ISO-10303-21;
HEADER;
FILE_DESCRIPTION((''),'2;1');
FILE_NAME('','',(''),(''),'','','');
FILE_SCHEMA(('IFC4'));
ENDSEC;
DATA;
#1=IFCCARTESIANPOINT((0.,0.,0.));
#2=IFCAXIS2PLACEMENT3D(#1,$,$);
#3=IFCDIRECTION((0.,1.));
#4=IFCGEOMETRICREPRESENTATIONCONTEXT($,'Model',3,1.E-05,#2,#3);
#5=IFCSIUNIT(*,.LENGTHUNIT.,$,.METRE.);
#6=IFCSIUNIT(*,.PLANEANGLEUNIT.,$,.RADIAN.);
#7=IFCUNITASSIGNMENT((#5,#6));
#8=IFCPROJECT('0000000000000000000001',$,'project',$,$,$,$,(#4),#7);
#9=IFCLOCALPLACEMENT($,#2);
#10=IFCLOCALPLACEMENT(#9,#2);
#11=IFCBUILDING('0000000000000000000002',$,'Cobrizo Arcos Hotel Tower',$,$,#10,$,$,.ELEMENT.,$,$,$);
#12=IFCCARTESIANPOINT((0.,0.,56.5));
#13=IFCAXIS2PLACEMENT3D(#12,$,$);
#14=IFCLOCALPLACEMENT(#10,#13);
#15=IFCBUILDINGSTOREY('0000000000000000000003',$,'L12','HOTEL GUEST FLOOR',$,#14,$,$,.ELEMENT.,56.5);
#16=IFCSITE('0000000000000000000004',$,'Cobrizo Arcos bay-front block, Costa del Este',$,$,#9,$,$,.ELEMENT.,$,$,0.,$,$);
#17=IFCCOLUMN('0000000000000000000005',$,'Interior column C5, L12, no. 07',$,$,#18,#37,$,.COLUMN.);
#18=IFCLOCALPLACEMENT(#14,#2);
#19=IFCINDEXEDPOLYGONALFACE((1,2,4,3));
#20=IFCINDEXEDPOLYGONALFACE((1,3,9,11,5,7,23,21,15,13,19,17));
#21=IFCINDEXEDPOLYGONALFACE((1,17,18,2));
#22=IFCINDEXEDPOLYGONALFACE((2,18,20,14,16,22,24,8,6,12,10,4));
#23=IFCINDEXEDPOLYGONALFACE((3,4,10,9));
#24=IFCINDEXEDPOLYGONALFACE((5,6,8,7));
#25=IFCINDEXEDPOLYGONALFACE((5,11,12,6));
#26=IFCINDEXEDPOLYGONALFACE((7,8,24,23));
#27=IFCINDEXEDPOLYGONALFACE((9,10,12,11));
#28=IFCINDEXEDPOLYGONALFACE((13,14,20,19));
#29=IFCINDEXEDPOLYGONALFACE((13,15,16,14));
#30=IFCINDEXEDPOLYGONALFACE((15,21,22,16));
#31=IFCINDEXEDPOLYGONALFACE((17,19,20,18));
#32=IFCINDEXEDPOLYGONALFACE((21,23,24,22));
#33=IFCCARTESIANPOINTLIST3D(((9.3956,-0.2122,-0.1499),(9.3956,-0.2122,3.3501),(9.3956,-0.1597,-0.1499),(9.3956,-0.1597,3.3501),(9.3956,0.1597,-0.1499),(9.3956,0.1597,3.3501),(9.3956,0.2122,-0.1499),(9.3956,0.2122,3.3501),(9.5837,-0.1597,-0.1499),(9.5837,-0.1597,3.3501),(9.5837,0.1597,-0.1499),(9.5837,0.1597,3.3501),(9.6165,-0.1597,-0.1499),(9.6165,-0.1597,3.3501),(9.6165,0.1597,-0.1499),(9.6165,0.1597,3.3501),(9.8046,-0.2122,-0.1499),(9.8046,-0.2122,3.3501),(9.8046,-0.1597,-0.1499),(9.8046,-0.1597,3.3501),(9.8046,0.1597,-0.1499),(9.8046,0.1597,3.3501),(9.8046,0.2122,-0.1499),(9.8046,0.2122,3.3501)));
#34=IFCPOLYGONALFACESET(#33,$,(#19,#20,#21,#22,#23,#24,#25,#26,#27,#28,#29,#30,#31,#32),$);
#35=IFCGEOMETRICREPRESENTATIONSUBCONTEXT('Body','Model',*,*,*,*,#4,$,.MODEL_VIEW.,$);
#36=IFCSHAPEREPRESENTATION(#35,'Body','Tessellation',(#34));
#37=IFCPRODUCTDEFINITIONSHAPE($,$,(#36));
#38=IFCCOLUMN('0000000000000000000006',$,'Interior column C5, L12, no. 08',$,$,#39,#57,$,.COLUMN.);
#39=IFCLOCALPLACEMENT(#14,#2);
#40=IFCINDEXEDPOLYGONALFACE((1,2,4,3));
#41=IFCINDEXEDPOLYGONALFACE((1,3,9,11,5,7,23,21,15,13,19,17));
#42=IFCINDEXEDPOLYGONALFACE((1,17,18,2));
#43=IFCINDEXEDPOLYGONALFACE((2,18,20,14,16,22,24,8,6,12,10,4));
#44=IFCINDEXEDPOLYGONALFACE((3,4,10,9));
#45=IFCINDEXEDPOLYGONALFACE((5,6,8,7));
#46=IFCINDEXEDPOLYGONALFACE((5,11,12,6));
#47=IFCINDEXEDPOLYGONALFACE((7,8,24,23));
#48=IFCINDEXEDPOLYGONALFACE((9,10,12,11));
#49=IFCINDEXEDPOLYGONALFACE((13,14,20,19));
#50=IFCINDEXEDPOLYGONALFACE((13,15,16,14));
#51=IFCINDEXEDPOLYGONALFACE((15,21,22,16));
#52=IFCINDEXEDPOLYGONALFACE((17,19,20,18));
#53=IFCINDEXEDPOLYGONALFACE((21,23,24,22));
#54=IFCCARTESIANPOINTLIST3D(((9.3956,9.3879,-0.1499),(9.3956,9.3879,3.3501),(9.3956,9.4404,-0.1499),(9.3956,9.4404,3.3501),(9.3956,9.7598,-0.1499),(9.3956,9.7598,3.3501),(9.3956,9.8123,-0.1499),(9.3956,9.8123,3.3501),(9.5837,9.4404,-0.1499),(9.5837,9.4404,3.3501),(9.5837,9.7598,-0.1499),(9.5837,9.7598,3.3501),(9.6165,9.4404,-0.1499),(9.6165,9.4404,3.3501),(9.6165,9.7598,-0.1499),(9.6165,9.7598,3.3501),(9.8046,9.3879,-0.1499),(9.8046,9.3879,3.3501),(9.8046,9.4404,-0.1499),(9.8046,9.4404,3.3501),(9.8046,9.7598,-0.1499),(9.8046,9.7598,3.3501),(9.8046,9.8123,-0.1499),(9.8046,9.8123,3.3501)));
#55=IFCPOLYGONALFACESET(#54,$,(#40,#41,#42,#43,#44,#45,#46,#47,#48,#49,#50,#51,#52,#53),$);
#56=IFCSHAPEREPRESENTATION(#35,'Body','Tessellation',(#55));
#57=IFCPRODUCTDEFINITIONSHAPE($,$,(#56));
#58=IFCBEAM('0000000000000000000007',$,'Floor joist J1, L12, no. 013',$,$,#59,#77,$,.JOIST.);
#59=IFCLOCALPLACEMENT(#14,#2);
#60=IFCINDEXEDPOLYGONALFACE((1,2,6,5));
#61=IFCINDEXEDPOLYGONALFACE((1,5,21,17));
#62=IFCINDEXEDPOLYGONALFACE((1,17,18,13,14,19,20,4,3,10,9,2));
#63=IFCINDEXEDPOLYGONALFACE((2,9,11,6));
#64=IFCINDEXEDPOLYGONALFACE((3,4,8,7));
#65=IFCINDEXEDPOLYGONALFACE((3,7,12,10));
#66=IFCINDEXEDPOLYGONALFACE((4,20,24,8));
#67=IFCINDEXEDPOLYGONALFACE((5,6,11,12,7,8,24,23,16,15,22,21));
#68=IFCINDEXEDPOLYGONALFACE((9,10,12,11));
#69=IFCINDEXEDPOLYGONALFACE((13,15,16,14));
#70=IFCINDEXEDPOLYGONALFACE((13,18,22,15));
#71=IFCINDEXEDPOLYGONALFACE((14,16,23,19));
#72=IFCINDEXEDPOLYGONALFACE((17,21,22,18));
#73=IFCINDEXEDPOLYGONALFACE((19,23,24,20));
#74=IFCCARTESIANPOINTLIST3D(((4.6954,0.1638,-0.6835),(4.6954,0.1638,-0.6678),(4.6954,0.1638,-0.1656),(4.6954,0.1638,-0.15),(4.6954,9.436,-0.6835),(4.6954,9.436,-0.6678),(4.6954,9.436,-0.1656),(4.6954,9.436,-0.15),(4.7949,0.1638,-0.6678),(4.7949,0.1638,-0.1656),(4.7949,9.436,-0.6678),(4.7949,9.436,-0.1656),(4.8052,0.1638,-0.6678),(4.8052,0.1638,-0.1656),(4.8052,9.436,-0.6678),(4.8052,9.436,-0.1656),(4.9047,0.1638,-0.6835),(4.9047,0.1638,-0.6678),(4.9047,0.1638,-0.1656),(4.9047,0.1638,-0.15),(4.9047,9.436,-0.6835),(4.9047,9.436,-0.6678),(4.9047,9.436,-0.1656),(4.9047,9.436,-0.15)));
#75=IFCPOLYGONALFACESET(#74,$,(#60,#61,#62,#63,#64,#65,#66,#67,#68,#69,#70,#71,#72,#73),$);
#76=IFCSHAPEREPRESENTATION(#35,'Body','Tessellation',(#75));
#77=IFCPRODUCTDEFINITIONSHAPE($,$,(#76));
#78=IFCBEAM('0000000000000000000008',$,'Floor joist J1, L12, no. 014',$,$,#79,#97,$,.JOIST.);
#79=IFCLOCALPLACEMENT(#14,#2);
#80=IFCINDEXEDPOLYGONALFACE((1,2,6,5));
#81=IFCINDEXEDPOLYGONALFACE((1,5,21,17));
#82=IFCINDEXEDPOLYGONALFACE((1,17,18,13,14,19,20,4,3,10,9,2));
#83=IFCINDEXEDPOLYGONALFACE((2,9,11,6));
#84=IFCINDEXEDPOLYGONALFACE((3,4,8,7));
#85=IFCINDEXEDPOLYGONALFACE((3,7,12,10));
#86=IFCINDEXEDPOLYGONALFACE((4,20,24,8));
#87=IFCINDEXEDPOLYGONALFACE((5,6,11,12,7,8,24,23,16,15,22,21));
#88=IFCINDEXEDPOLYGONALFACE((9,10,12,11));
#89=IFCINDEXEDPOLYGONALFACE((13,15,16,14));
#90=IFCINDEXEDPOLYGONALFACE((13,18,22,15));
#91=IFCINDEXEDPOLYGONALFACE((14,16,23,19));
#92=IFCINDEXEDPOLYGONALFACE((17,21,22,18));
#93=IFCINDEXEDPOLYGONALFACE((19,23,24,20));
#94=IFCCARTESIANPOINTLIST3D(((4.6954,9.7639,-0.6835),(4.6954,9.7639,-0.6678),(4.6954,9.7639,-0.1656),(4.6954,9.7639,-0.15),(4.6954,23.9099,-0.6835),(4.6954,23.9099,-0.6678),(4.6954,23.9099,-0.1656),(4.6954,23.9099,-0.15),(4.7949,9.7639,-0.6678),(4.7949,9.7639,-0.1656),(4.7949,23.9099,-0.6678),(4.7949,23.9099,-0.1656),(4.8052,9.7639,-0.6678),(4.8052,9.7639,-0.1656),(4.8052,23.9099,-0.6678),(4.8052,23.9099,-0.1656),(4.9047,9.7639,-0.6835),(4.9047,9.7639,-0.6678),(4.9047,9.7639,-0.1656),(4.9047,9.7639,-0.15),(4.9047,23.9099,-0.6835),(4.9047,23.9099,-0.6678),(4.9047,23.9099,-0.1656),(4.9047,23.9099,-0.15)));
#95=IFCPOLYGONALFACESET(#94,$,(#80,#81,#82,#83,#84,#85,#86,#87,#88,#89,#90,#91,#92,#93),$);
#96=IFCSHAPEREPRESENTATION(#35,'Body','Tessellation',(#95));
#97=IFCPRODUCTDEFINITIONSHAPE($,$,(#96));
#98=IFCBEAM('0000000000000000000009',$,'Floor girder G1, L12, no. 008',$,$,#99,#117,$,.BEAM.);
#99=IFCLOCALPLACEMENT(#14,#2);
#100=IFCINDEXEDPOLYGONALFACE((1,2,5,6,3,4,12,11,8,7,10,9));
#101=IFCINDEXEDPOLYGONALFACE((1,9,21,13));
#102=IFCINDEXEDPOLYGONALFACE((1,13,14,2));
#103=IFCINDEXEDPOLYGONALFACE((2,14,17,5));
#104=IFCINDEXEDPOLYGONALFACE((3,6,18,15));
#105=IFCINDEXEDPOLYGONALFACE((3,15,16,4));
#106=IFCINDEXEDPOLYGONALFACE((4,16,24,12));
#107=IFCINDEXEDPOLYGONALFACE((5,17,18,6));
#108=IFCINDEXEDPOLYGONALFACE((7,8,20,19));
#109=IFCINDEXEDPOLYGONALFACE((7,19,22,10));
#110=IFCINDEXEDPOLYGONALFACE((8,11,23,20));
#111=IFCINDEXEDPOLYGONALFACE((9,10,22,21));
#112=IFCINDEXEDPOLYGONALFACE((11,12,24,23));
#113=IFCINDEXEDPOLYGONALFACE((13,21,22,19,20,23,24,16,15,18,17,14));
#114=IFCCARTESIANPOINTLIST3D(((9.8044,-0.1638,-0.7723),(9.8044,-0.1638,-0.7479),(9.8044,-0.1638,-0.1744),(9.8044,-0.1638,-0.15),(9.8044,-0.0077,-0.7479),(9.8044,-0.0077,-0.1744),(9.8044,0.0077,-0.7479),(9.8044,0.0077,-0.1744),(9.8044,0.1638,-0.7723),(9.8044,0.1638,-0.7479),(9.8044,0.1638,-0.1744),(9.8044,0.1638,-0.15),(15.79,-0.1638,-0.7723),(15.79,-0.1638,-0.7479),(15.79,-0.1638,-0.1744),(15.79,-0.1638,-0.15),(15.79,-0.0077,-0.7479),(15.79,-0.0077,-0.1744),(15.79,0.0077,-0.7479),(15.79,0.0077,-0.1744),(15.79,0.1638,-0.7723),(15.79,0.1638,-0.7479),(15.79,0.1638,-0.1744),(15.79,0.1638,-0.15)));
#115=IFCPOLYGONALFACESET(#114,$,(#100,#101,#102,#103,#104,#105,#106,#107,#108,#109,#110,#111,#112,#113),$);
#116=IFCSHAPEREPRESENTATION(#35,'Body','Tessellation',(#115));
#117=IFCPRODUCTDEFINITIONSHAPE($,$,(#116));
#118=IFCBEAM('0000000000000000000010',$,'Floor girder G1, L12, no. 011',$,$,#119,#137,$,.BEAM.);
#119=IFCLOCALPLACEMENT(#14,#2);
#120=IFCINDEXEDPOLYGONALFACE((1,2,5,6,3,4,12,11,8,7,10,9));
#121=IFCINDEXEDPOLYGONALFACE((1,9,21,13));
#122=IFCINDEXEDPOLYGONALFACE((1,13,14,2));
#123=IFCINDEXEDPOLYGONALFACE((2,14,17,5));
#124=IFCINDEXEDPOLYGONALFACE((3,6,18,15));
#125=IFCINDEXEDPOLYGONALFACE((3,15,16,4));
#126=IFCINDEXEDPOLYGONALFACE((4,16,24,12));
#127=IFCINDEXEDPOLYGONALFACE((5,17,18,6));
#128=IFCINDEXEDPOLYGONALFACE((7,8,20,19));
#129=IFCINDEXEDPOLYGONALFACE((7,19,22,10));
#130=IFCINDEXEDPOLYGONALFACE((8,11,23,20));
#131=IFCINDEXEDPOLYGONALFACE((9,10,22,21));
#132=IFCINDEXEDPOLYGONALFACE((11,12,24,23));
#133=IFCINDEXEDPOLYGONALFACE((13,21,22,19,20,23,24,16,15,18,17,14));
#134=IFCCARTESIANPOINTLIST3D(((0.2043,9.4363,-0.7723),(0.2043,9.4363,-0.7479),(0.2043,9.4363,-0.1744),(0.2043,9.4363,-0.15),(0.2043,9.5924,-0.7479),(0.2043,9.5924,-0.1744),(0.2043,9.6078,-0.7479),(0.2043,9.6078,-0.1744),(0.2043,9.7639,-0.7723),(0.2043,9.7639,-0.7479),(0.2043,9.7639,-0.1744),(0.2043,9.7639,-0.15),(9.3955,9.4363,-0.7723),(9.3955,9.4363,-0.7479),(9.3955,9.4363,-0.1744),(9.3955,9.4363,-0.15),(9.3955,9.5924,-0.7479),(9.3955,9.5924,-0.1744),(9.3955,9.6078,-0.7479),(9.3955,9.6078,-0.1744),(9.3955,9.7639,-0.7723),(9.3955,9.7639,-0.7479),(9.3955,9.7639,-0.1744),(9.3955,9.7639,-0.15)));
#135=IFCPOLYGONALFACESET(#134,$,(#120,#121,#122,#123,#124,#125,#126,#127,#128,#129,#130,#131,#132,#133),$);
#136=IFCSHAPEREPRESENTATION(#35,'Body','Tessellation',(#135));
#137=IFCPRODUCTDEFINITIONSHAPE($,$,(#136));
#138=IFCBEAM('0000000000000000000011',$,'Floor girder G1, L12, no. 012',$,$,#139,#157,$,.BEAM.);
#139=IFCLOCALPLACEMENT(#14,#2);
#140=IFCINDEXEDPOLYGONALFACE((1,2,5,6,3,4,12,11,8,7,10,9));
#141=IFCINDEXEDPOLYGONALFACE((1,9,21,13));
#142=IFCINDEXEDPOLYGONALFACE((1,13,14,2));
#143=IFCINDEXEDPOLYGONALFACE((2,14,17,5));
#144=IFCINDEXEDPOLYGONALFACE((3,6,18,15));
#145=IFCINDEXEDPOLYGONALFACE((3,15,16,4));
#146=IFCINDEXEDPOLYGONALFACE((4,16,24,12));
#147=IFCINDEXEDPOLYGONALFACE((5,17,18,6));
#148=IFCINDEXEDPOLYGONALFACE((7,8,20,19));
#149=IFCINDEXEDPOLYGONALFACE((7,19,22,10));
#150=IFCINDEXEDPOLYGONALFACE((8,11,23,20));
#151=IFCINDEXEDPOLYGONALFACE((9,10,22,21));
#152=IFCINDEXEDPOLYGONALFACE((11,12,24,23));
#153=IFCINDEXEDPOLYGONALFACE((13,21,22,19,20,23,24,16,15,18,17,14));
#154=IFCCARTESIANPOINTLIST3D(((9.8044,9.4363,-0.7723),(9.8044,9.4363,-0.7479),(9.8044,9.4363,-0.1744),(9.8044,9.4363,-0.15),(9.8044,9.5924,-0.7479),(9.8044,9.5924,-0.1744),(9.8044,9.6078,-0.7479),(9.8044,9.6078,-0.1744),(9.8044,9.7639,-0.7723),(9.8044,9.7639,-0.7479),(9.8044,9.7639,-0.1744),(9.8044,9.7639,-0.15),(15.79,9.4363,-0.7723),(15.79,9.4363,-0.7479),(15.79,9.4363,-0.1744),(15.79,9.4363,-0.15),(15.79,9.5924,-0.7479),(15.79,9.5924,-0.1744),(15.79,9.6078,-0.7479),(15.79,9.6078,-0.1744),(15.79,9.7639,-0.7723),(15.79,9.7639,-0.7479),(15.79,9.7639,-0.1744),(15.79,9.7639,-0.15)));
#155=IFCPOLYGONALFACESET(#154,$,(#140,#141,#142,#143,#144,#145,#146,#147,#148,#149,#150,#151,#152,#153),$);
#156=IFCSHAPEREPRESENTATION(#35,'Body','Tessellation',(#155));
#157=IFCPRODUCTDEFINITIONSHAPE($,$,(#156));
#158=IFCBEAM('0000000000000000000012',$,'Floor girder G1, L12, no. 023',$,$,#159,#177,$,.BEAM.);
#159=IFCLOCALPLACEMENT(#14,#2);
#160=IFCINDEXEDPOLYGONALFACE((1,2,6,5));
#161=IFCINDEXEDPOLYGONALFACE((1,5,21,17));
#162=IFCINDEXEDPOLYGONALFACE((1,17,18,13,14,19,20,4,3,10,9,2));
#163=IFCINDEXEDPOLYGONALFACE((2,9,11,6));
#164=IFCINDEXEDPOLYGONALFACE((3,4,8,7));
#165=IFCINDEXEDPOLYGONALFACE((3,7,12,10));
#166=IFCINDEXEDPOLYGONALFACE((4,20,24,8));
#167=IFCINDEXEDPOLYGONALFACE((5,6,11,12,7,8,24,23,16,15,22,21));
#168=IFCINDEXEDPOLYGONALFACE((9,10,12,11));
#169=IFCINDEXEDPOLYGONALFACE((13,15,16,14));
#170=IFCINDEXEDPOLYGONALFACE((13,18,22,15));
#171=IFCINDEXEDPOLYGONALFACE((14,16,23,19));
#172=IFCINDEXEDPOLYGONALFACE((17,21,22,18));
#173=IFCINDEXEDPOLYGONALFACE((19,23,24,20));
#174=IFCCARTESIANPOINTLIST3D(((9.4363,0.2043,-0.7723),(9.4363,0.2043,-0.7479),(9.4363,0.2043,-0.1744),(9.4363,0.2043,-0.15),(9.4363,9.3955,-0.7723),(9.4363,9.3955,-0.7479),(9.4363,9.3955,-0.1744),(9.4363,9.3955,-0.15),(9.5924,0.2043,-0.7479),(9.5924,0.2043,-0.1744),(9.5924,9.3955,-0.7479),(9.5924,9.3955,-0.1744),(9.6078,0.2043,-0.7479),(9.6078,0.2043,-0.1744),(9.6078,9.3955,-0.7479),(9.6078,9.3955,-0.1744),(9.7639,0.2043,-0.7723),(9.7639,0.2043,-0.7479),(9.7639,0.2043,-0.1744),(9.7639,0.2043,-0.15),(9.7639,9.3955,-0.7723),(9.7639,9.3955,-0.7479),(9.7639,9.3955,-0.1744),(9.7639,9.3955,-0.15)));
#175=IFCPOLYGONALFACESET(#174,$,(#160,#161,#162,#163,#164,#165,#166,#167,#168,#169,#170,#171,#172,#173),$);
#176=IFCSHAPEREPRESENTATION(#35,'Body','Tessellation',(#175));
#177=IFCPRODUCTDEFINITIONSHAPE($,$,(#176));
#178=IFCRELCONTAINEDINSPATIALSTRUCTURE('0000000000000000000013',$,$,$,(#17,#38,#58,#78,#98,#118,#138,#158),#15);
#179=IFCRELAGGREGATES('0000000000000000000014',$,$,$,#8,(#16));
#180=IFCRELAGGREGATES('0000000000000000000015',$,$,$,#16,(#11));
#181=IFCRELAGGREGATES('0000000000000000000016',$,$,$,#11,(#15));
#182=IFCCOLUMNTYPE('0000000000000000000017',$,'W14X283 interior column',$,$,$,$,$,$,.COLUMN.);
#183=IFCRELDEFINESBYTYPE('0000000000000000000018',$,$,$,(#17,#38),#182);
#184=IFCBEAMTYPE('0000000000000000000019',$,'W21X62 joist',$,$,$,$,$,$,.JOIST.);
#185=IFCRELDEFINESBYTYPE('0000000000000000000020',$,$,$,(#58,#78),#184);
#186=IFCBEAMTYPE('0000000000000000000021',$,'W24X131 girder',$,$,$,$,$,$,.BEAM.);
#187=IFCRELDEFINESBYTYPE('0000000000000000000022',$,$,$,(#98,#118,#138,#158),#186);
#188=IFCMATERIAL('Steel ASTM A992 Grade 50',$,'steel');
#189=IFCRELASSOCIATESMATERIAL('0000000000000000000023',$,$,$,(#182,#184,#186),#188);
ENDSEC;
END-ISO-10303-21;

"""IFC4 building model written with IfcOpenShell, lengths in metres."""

from ifc_helpers import new_model, si_unit, direction, frame, origin, origin_2d, place, context, subcontext, project, spatial, i_section, extrude, material, material_profile, profile_set, type_object, element, save


model = new_model("IFC4")

# Units and contexts
model_context = context("Model", 3, precision=1e-05, world=origin(), true_north=direction((0.0, 1.0)))
body_context = subcontext(model_context, "Body", "Model", "MODEL_VIEW")
ifc_project = project(units=[si_unit("LENGTHUNIT", "METRE"), si_unit("PLANEANGLEUNIT", "RADIAN")], contexts=[model_context])

# Site, building, storey
site_placement = place(None, origin())
site = spatial("IfcSite", under=ifc_project, at=site_placement, Name="Cobrizo Arcos bay-front block, Costa del Este", CompositionType="ELEMENT", RefElevation=0.0)
building_placement = place(site_placement, origin())
building = spatial("IfcBuilding", under=site, at=building_placement, Name="Cobrizo Arcos Hotel Tower", CompositionType="ELEMENT")
storey_placement = place(building_placement, frame((0.0, 0.0, 56.5)))
storey = spatial("IfcBuildingStorey", under=building, at=storey_placement, Name="L12", Description="HOTEL GUEST FLOOR", CompositionType="ELEMENT", Elevation=56.5)

# Columns
ifc_material_1 = material(Name="Steel ASTM A992 Grade 50", Category="steel")
ifc_material_profile_1 = material_profile(ifc_material_1, i_section(OverallWidth=0.4089, OverallDepth=0.4243, WebThickness=0.0327, FlangeThickness=0.0525, at=origin_2d()), Name="W14X283")
ifc_profile_set_1 = profile_set([ifc_material_profile_1], Name="Steel ASTM A992 Grade 50")
column_type = type_object("IfcColumnType", Name="W14X283 interior column", PredefinedType="COLUMN", material=ifc_profile_set_1)
for number, where, z_axis, x_axis, name in (
    (1, (9.6001, 0.0, -0.1499), (0.0, 0.0, 1.0), (1.0, 0.0, 0.0), "Interior column C5, L12, no. 07"),
    (2, (9.6001, 9.6001, -0.1499), (0.0, 0.0, 1.0), (1.0, 0.0, 0.0), "Interior column C5, L12, no. 08"),
):
    element("IfcColumn", number, at=place(storey_placement, frame(where, z_axis=z_axis, x_axis=x_axis)), inside=storey, type_object=column_type, Name=name, PredefinedType="COLUMN", context=body_context, shape_type="SweptSolid", body=[
        extrude(i_section(OverallWidth=0.4089, OverallDepth=0.4243, WebThickness=0.0327, FlangeThickness=0.0525, at=origin_2d()), origin(), (0.0, 0.0, 1.0), 3.5),
    ])

# Beams
ifc_material_profile_2 = material_profile(ifc_material_1, i_section(OverallWidth=0.2092, OverallDepth=0.5334, WebThickness=0.0103, FlangeThickness=0.0156, at=origin_2d()), Name="W21X62")
ifc_profile_set_2 = profile_set([ifc_material_profile_2], Name="Steel ASTM A992 Grade 50")
beam_type_1 = type_object("IfcBeamType", Name="W21X62 joist", PredefinedType="JOIST", material=ifc_profile_set_2)
beam_1_placement = place(storey_placement, frame((4.8, 0.1638, -0.4167), z_axis=(0.0, 1.0, 0.0), x_axis=(-1.0, 0.0, 0.0)))
element("IfcBeam", 3, at=beam_1_placement, inside=storey, type_object=beam_type_1, Name="Floor joist J1, L12, no. 013", PredefinedType="JOIST", context=body_context, shape_type="SweptSolid", body=[
    extrude(i_section(OverallWidth=0.2092, OverallDepth=0.5334, WebThickness=0.0103, FlangeThickness=0.0156, at=origin_2d()), origin(), (0.0, 0.0, 1.0), 9.2722),
])
beam_2_placement = place(storey_placement, frame((4.8, 9.7639, -0.4167), z_axis=(0.0, 1.0, 0.0), x_axis=(-1.0, 0.0, 0.0)))
element("IfcBeam", 4, at=beam_2_placement, inside=storey, type_object=beam_type_1, Name="Floor joist J1, L12, no. 014", PredefinedType="JOIST", context=body_context, shape_type="SweptSolid", body=[
    extrude(i_section(OverallWidth=0.2092, OverallDepth=0.5334, WebThickness=0.0103, FlangeThickness=0.0156, at=origin_2d()), origin(), (0.0, 0.0, 1.0), 14.146),
])
ifc_material_profile_3 = material_profile(ifc_material_1, i_section(OverallWidth=0.3276, OverallDepth=0.6223, WebThickness=0.0154, FlangeThickness=0.0244, at=origin_2d()), Name="W24X131")
ifc_profile_set_3 = profile_set([ifc_material_profile_3], Name="Steel ASTM A992 Grade 50")
beam_type_2 = type_object("IfcBeamType", Name="W24X131 girder", PredefinedType="BEAM", material=ifc_profile_set_3)
beam_3_placement = place(storey_placement, frame((9.8044, 0.0, -0.4612), z_axis=(1.0, 0.0, 0.0), x_axis=(0.0, 1.0, 0.0)))
element("IfcBeam", 5, at=beam_3_placement, inside=storey, type_object=beam_type_2, Name="Floor girder G1, L12, no. 008", PredefinedType="BEAM", context=body_context, shape_type="SweptSolid", body=[
    extrude(i_section(OverallWidth=0.3276, OverallDepth=0.6223, WebThickness=0.0154, FlangeThickness=0.0244, at=origin_2d()), origin(), (0.0, 0.0, 1.0), 5.9856),
])
beam_4_placement = place(storey_placement, frame((0.2043, 9.6001, -0.4612), z_axis=(1.0, 0.0, 0.0), x_axis=(0.0, 1.0, 0.0)))
element("IfcBeam", 6, at=beam_4_placement, inside=storey, type_object=beam_type_2, Name="Floor girder G1, L12, no. 011", PredefinedType="BEAM", context=body_context, shape_type="SweptSolid", body=[
    extrude(i_section(OverallWidth=0.3276, OverallDepth=0.6223, WebThickness=0.0154, FlangeThickness=0.0244, at=origin_2d()), origin(), (0.0, 0.0, 1.0), 9.1912),
])
beam_5_placement = place(storey_placement, frame((9.8044, 9.6001, -0.4612), z_axis=(1.0, 0.0, 0.0), x_axis=(0.0, 1.0, 0.0)))
element("IfcBeam", 7, at=beam_5_placement, inside=storey, type_object=beam_type_2, Name="Floor girder G1, L12, no. 012", PredefinedType="BEAM", context=body_context, shape_type="SweptSolid", body=[
    extrude(i_section(OverallWidth=0.3276, OverallDepth=0.6223, WebThickness=0.0154, FlangeThickness=0.0244, at=origin_2d()), origin(), (0.0, 0.0, 1.0), 5.9856),
])
beam_6_placement = place(storey_placement, frame((9.6001, 0.2043, -0.4612), z_axis=(0.0, 1.0, 0.0), x_axis=(-1.0, 0.0, 0.0)))
element("IfcBeam", 8, at=beam_6_placement, inside=storey, type_object=beam_type_2, Name="Floor girder G1, L12, no. 023", PredefinedType="BEAM", context=body_context, shape_type="SweptSolid", body=[
    extrude(i_section(OverallWidth=0.3276, OverallDepth=0.6223, WebThickness=0.0154, FlangeThickness=0.0244, at=origin_2d()), origin(), (0.0, 0.0, 1.0), 9.1912),
])

save(model, "model.ifc")
